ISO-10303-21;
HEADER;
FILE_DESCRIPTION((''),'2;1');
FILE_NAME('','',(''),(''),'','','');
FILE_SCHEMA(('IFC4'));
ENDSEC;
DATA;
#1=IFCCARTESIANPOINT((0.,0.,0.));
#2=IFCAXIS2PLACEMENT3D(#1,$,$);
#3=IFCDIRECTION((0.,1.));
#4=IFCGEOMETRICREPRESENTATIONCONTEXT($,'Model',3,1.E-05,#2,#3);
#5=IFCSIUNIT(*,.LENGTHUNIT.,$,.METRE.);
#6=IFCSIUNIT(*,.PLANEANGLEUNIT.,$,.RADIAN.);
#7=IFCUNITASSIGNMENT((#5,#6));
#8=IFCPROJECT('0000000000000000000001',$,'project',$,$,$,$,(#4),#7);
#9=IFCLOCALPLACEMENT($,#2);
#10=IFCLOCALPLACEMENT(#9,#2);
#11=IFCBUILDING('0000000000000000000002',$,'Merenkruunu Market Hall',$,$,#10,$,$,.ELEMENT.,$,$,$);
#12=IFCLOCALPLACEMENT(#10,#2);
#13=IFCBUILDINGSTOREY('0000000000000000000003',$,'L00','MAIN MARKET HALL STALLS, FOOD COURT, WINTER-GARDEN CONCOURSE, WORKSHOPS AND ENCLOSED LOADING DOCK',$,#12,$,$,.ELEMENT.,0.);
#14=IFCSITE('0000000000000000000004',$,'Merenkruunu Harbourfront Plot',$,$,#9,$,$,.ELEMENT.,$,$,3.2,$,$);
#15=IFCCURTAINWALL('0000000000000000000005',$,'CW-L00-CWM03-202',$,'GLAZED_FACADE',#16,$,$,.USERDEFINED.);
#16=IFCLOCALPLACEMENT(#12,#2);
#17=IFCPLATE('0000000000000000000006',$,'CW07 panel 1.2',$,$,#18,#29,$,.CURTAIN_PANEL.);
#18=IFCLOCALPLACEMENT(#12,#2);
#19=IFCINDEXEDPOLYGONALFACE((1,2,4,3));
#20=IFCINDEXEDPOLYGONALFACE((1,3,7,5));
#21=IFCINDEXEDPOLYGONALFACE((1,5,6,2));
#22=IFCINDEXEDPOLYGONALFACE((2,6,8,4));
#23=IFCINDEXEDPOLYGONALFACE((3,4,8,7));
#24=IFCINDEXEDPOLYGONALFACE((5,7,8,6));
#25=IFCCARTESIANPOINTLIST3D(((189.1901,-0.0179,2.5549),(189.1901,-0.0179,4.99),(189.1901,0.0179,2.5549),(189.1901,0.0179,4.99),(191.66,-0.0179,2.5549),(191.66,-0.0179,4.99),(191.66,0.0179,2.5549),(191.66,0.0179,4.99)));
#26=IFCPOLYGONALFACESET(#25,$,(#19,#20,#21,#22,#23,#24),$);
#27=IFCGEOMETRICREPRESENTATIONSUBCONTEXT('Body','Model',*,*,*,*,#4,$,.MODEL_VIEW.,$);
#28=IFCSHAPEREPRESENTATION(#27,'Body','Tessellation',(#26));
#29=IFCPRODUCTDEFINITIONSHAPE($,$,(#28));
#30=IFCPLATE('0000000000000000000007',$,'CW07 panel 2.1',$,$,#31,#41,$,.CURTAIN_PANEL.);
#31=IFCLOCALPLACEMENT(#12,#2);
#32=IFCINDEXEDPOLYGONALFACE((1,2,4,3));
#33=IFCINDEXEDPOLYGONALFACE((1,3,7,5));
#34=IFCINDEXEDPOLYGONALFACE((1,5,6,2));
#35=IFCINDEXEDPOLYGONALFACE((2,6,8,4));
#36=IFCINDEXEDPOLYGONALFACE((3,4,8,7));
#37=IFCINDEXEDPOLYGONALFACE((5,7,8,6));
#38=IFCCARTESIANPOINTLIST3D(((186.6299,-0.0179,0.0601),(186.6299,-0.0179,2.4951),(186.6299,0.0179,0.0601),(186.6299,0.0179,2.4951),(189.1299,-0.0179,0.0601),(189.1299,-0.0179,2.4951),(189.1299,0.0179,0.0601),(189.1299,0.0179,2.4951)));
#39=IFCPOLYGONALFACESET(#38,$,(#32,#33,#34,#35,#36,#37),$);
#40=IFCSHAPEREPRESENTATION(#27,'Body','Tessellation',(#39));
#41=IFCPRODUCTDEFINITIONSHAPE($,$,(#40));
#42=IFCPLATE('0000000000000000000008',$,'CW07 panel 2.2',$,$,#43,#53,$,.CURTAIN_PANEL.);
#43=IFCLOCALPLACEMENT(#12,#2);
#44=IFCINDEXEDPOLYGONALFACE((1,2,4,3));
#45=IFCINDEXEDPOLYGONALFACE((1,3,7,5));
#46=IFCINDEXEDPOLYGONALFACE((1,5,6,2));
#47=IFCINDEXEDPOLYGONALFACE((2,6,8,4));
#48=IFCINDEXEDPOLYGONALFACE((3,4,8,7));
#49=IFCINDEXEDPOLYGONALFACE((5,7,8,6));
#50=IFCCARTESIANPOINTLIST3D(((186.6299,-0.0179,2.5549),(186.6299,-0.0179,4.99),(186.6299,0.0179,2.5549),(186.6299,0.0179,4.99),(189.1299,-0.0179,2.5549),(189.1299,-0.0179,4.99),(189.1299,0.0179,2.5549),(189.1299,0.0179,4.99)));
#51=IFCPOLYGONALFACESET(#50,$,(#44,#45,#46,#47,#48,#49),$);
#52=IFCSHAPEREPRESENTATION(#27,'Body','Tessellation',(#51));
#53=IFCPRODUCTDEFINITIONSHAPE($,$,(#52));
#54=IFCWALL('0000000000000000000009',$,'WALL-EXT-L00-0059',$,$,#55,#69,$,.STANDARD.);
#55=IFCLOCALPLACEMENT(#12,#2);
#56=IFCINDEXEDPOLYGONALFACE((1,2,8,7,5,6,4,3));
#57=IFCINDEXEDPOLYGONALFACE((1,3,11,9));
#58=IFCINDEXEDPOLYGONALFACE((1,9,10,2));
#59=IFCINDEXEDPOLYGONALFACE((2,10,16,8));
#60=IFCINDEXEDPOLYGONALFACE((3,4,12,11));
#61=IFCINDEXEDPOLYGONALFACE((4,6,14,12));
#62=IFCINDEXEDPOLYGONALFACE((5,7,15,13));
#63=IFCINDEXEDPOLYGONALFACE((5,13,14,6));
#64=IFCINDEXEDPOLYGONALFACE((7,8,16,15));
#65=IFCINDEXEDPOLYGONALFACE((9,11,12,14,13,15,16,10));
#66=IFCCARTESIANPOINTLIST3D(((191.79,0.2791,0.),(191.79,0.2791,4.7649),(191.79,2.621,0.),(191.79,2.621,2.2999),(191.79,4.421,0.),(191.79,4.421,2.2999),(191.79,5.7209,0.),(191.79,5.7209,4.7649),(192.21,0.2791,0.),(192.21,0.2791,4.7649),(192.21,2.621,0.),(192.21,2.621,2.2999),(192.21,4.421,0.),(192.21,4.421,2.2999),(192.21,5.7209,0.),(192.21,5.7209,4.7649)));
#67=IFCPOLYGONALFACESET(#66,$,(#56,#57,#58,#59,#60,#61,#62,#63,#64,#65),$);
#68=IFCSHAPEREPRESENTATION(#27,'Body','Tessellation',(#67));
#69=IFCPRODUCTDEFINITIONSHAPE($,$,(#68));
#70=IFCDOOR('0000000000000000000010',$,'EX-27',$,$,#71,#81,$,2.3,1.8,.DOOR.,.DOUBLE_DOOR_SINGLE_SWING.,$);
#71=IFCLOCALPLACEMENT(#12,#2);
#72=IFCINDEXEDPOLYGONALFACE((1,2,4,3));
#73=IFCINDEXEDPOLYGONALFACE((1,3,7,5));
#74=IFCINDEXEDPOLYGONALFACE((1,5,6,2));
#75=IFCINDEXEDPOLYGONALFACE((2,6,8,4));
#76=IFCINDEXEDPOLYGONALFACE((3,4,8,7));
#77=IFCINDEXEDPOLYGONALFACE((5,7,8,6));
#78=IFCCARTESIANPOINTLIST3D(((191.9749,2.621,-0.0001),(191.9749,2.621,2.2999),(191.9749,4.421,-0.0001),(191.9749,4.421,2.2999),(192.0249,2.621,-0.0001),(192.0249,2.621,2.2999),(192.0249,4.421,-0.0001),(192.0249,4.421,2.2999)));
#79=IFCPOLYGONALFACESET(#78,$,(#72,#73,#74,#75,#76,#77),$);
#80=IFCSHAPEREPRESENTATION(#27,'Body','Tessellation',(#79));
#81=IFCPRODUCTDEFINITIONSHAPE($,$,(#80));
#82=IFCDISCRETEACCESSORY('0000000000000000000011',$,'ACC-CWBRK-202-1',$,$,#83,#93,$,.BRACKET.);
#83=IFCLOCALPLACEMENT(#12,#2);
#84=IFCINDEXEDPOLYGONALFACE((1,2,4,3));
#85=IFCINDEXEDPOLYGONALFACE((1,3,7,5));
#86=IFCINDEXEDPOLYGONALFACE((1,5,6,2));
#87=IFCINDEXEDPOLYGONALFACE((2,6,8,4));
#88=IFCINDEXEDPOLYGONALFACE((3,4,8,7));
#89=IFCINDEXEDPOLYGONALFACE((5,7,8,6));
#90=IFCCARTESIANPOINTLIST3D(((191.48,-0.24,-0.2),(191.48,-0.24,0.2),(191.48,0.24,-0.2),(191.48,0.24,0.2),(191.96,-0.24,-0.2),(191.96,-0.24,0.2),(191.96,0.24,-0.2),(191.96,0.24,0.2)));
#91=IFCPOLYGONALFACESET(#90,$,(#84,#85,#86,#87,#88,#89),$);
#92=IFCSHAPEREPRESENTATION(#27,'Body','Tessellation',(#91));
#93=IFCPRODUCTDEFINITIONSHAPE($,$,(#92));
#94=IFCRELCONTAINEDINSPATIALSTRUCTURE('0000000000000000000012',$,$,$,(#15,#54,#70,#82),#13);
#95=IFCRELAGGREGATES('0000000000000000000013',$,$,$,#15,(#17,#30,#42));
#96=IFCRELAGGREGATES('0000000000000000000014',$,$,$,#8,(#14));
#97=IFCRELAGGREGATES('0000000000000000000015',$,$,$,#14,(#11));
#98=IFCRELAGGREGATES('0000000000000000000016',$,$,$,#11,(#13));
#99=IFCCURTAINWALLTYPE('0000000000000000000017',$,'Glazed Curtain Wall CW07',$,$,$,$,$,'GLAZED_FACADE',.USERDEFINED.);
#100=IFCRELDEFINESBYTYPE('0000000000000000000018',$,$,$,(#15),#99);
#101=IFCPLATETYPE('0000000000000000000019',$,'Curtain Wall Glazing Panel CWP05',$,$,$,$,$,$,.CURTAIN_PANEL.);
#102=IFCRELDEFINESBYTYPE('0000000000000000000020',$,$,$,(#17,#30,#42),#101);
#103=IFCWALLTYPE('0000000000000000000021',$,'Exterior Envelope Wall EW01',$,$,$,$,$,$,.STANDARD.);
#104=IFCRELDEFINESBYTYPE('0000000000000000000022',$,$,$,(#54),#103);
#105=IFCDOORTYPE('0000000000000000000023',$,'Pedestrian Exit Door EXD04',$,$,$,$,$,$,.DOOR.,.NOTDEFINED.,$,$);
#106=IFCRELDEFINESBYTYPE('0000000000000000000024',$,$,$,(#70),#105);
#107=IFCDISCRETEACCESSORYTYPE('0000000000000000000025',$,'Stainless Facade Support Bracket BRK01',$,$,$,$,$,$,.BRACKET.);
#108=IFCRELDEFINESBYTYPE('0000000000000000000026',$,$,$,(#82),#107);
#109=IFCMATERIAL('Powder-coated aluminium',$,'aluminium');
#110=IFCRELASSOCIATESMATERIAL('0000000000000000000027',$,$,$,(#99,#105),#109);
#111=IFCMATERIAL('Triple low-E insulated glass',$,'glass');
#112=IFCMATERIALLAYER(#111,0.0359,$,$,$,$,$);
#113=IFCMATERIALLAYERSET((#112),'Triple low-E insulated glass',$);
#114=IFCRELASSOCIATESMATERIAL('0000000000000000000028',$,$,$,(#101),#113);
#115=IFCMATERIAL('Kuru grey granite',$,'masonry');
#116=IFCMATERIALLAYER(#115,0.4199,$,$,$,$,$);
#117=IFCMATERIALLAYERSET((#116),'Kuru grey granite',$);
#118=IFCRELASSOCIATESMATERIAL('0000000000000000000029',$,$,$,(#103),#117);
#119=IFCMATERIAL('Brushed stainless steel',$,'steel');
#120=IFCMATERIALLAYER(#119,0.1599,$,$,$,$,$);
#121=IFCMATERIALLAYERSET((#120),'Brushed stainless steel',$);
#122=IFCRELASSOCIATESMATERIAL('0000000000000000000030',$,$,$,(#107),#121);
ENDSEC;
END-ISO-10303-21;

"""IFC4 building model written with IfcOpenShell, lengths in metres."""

from ifc_helpers import new_model, si_unit, direction, frame, frame_2d, origin, origin_2d, place, context, subcontext, project, spatial, rectangle, extrude, material, layer, layer_set, type_object, element, fill, aggregate, save


model = new_model("IFC4")

# Units and contexts
model_context = context("Model", 3, precision=1e-05, world=origin(), true_north=direction((0.0, 1.0)))
body_context = subcontext(model_context, "Body", "Model", "MODEL_VIEW")
ifc_project = project(units=[si_unit("LENGTHUNIT", "METRE"), si_unit("PLANEANGLEUNIT", "RADIAN")], contexts=[model_context])

# Site, building, storey
site_placement = place(None, origin())
site = spatial("IfcSite", under=ifc_project, at=site_placement, Name="Merenkruunu Harbourfront Plot", CompositionType="ELEMENT", RefElevation=3.2)
building_placement = place(site_placement, origin())
building = spatial("IfcBuilding", under=site, at=building_placement, Name="Merenkruunu Market Hall", CompositionType="ELEMENT")
storey_placement = place(building_placement, origin())
storey = spatial("IfcBuildingStorey", under=building, at=storey_placement, Name="L00", Description="MAIN MARKET HALL STALLS, FOOD COURT, WINTER-GARDEN CONCOURSE, WORKSHOPS AND ENCLOSED LOADING DOCK", CompositionType="ELEMENT", Elevation=0.0)

# Curtain wall
ifc_material_1 = material(Name="Powder-coated aluminium", Category="aluminium")
curtain_wall_type = type_object("IfcCurtainWallType", Name="Glazed Curtain Wall CW07", ElementType="GLAZED_FACADE", PredefinedType="USERDEFINED", material=ifc_material_1)
curtain_wall_placement = place(storey_placement, origin())
curtain_wall = element("IfcCurtainWall", 1, at=curtain_wall_placement, inside=storey, type_object=curtain_wall_type, Name="CW-L00-CWM03-202", ObjectType="GLAZED_FACADE", PredefinedType="USERDEFINED")

# Plates
ifc_material_2 = material(Name="Triple low-E insulated glass", Category="glass")
ifc_layer_1 = layer(ifc_material_2, 0.0359)
ifc_layer_set_1 = layer_set([ifc_layer_1], Name="Triple low-E insulated glass")
plate_type_1 = type_object("IfcPlateType", Name="Curtain Wall Glazing Panel CWP05", PredefinedType="CURTAIN_PANEL", material=ifc_layer_set_1)
plate_1_placement = place(storey_placement, frame((190.425, 0.0, 2.5549), z_axis=(0.0, 0.0, 1.0), x_axis=(-1.0, 0.0, 0.0)))
plate_1 = element("IfcPlate", 2, at=plate_1_placement, type_object=plate_type_1, Name="CW07 panel 1.2", PredefinedType="CURTAIN_PANEL", context=body_context, shape_type="SweptSolid", body=[
    extrude(rectangle(XDim=2.47, YDim=0.0359, at=origin_2d()), origin(), (0.0, 0.0, 1.0), 2.4351),
])
plate_2_placement = place(storey_placement, frame((187.8799, 0.0, 0.0601), z_axis=(0.0, 0.0, 1.0), x_axis=(-1.0, 0.0, 0.0)))
plate_2 = element("IfcPlate", 3, at=plate_2_placement, type_object=plate_type_1, Name="CW07 panel 2.1", PredefinedType="CURTAIN_PANEL", context=body_context, shape_type="SweptSolid", body=[
    extrude(rectangle(XDim=2.5, YDim=0.0359, at=origin_2d()), origin(), (0.0, 0.0, 1.0), 2.4351),
])
plate_3_placement = place(storey_placement, frame((187.8799, 0.0, 2.5549), z_axis=(0.0, 0.0, 1.0), x_axis=(-1.0, 0.0, 0.0)))
plate_3 = element("IfcPlate", 4, at=plate_3_placement, type_object=plate_type_1, Name="CW07 panel 2.2", PredefinedType="CURTAIN_PANEL", context=body_context, shape_type="SweptSolid", body=[
    extrude(rectangle(XDim=2.5, YDim=0.0359, at=origin_2d()), origin(), (0.0, 0.0, 1.0), 2.4351),
])
aggregate(curtain_wall, [plate_1, plate_2, plate_3])

# Wall, opening, door
ifc_material_3 = material(Name="Kuru grey granite", Category="masonry")
ifc_layer_2 = layer(ifc_material_3, 0.4199)
ifc_layer_set_2 = layer_set([ifc_layer_2], Name="Kuru grey granite")
wall_type = type_object("IfcWallType", Name="Exterior Envelope Wall EW01", PredefinedType="STANDARD", material=ifc_layer_set_2)
wall_placement = place(storey_placement, frame((192.0, 5.7209, 0.0), z_axis=(0.0, 0.0, 1.0), x_axis=(0.0, -1.0, 0.0)))
wall = element("IfcWall", 5, at=wall_placement, inside=storey, type_object=wall_type, Name="WALL-EXT-L00-0059", PredefinedType="STANDARD", context=body_context, shape_type="SweptSolid", body=[
    extrude(rectangle(XDim=5.4419, YDim=0.4199, at=frame_2d((2.7209, 0.0))), origin(), (0.0, 0.0, 1.0), 4.7649),
])
opening_placement = place(wall_placement, frame((1.3, 0.0, 0.0)))
opening = element("IfcOpeningElement", 6, at=opening_placement, cuts=wall, PredefinedType="OPENING", context=body_context, shape_type="SweptSolid", body=[
    extrude(rectangle(XDim=1.8, YDim=2.3, at=frame_2d((0.8999, 1.1499))), frame((0.0, 0.22, 0.0), z_axis=(0.0, -1.0, 0.0), x_axis=(1.0, 0.0, 0.0)), (0.0, 0.0, 1.0), 0.4399),
])
door_type = type_object("IfcDoorType", Name="Pedestrian Exit Door EXD04", OperationType="NOTDEFINED", PredefinedType="DOOR", material=ifc_material_1)
door_placement = place(opening_placement, origin())
door = element("IfcDoor", 7, at=door_placement, inside=storey, type_object=door_type, Name="EX-27", OperationType="DOUBLE_DOOR_SINGLE_SWING", OverallHeight=2.3, OverallWidth=1.8, PredefinedType="DOOR", context=body_context, shape_type="SweptSolid", body=[
    extrude(rectangle(XDim=1.8, YDim=2.3, at=frame_2d((0.8999, 1.1499))), frame((0.0, 0.0249, 0.0), z_axis=(0.0, -1.0, 0.0), x_axis=(1.0, 0.0, 0.0)), (0.0, 0.0, 1.0), 0.05),
])
fill(opening, door)

# Discrete accessory
ifc_material_4 = material(Name="Brushed stainless steel", Category="steel")
ifc_layer_3 = layer(ifc_material_4, 0.1599)
ifc_layer_set_3 = layer_set([ifc_layer_3], Name="Brushed stainless steel")
discrete_accessory_type = type_object("IfcDiscreteAccessoryType", Name="Stainless Facade Support Bracket BRK01", PredefinedType="BRACKET", material=ifc_layer_set_3)
discrete_accessory_placement = place(storey_placement, frame((191.72, 0.0, -0.2), z_axis=(0.0, 0.0, 1.0), x_axis=(1.0, 0.0, 0.0)))
element("IfcDiscreteAccessory", 8, at=discrete_accessory_placement, inside=storey, type_object=discrete_accessory_type, Name="ACC-CWBRK-202-1", PredefinedType="BRACKET", context=body_context, shape_type="SweptSolid", body=[
    extrude(rectangle(XDim=0.48, YDim=0.48, at=origin_2d()), origin(), (0.0, 0.0, 1.0), 0.3999),
])

save(model, "model.ifc")
